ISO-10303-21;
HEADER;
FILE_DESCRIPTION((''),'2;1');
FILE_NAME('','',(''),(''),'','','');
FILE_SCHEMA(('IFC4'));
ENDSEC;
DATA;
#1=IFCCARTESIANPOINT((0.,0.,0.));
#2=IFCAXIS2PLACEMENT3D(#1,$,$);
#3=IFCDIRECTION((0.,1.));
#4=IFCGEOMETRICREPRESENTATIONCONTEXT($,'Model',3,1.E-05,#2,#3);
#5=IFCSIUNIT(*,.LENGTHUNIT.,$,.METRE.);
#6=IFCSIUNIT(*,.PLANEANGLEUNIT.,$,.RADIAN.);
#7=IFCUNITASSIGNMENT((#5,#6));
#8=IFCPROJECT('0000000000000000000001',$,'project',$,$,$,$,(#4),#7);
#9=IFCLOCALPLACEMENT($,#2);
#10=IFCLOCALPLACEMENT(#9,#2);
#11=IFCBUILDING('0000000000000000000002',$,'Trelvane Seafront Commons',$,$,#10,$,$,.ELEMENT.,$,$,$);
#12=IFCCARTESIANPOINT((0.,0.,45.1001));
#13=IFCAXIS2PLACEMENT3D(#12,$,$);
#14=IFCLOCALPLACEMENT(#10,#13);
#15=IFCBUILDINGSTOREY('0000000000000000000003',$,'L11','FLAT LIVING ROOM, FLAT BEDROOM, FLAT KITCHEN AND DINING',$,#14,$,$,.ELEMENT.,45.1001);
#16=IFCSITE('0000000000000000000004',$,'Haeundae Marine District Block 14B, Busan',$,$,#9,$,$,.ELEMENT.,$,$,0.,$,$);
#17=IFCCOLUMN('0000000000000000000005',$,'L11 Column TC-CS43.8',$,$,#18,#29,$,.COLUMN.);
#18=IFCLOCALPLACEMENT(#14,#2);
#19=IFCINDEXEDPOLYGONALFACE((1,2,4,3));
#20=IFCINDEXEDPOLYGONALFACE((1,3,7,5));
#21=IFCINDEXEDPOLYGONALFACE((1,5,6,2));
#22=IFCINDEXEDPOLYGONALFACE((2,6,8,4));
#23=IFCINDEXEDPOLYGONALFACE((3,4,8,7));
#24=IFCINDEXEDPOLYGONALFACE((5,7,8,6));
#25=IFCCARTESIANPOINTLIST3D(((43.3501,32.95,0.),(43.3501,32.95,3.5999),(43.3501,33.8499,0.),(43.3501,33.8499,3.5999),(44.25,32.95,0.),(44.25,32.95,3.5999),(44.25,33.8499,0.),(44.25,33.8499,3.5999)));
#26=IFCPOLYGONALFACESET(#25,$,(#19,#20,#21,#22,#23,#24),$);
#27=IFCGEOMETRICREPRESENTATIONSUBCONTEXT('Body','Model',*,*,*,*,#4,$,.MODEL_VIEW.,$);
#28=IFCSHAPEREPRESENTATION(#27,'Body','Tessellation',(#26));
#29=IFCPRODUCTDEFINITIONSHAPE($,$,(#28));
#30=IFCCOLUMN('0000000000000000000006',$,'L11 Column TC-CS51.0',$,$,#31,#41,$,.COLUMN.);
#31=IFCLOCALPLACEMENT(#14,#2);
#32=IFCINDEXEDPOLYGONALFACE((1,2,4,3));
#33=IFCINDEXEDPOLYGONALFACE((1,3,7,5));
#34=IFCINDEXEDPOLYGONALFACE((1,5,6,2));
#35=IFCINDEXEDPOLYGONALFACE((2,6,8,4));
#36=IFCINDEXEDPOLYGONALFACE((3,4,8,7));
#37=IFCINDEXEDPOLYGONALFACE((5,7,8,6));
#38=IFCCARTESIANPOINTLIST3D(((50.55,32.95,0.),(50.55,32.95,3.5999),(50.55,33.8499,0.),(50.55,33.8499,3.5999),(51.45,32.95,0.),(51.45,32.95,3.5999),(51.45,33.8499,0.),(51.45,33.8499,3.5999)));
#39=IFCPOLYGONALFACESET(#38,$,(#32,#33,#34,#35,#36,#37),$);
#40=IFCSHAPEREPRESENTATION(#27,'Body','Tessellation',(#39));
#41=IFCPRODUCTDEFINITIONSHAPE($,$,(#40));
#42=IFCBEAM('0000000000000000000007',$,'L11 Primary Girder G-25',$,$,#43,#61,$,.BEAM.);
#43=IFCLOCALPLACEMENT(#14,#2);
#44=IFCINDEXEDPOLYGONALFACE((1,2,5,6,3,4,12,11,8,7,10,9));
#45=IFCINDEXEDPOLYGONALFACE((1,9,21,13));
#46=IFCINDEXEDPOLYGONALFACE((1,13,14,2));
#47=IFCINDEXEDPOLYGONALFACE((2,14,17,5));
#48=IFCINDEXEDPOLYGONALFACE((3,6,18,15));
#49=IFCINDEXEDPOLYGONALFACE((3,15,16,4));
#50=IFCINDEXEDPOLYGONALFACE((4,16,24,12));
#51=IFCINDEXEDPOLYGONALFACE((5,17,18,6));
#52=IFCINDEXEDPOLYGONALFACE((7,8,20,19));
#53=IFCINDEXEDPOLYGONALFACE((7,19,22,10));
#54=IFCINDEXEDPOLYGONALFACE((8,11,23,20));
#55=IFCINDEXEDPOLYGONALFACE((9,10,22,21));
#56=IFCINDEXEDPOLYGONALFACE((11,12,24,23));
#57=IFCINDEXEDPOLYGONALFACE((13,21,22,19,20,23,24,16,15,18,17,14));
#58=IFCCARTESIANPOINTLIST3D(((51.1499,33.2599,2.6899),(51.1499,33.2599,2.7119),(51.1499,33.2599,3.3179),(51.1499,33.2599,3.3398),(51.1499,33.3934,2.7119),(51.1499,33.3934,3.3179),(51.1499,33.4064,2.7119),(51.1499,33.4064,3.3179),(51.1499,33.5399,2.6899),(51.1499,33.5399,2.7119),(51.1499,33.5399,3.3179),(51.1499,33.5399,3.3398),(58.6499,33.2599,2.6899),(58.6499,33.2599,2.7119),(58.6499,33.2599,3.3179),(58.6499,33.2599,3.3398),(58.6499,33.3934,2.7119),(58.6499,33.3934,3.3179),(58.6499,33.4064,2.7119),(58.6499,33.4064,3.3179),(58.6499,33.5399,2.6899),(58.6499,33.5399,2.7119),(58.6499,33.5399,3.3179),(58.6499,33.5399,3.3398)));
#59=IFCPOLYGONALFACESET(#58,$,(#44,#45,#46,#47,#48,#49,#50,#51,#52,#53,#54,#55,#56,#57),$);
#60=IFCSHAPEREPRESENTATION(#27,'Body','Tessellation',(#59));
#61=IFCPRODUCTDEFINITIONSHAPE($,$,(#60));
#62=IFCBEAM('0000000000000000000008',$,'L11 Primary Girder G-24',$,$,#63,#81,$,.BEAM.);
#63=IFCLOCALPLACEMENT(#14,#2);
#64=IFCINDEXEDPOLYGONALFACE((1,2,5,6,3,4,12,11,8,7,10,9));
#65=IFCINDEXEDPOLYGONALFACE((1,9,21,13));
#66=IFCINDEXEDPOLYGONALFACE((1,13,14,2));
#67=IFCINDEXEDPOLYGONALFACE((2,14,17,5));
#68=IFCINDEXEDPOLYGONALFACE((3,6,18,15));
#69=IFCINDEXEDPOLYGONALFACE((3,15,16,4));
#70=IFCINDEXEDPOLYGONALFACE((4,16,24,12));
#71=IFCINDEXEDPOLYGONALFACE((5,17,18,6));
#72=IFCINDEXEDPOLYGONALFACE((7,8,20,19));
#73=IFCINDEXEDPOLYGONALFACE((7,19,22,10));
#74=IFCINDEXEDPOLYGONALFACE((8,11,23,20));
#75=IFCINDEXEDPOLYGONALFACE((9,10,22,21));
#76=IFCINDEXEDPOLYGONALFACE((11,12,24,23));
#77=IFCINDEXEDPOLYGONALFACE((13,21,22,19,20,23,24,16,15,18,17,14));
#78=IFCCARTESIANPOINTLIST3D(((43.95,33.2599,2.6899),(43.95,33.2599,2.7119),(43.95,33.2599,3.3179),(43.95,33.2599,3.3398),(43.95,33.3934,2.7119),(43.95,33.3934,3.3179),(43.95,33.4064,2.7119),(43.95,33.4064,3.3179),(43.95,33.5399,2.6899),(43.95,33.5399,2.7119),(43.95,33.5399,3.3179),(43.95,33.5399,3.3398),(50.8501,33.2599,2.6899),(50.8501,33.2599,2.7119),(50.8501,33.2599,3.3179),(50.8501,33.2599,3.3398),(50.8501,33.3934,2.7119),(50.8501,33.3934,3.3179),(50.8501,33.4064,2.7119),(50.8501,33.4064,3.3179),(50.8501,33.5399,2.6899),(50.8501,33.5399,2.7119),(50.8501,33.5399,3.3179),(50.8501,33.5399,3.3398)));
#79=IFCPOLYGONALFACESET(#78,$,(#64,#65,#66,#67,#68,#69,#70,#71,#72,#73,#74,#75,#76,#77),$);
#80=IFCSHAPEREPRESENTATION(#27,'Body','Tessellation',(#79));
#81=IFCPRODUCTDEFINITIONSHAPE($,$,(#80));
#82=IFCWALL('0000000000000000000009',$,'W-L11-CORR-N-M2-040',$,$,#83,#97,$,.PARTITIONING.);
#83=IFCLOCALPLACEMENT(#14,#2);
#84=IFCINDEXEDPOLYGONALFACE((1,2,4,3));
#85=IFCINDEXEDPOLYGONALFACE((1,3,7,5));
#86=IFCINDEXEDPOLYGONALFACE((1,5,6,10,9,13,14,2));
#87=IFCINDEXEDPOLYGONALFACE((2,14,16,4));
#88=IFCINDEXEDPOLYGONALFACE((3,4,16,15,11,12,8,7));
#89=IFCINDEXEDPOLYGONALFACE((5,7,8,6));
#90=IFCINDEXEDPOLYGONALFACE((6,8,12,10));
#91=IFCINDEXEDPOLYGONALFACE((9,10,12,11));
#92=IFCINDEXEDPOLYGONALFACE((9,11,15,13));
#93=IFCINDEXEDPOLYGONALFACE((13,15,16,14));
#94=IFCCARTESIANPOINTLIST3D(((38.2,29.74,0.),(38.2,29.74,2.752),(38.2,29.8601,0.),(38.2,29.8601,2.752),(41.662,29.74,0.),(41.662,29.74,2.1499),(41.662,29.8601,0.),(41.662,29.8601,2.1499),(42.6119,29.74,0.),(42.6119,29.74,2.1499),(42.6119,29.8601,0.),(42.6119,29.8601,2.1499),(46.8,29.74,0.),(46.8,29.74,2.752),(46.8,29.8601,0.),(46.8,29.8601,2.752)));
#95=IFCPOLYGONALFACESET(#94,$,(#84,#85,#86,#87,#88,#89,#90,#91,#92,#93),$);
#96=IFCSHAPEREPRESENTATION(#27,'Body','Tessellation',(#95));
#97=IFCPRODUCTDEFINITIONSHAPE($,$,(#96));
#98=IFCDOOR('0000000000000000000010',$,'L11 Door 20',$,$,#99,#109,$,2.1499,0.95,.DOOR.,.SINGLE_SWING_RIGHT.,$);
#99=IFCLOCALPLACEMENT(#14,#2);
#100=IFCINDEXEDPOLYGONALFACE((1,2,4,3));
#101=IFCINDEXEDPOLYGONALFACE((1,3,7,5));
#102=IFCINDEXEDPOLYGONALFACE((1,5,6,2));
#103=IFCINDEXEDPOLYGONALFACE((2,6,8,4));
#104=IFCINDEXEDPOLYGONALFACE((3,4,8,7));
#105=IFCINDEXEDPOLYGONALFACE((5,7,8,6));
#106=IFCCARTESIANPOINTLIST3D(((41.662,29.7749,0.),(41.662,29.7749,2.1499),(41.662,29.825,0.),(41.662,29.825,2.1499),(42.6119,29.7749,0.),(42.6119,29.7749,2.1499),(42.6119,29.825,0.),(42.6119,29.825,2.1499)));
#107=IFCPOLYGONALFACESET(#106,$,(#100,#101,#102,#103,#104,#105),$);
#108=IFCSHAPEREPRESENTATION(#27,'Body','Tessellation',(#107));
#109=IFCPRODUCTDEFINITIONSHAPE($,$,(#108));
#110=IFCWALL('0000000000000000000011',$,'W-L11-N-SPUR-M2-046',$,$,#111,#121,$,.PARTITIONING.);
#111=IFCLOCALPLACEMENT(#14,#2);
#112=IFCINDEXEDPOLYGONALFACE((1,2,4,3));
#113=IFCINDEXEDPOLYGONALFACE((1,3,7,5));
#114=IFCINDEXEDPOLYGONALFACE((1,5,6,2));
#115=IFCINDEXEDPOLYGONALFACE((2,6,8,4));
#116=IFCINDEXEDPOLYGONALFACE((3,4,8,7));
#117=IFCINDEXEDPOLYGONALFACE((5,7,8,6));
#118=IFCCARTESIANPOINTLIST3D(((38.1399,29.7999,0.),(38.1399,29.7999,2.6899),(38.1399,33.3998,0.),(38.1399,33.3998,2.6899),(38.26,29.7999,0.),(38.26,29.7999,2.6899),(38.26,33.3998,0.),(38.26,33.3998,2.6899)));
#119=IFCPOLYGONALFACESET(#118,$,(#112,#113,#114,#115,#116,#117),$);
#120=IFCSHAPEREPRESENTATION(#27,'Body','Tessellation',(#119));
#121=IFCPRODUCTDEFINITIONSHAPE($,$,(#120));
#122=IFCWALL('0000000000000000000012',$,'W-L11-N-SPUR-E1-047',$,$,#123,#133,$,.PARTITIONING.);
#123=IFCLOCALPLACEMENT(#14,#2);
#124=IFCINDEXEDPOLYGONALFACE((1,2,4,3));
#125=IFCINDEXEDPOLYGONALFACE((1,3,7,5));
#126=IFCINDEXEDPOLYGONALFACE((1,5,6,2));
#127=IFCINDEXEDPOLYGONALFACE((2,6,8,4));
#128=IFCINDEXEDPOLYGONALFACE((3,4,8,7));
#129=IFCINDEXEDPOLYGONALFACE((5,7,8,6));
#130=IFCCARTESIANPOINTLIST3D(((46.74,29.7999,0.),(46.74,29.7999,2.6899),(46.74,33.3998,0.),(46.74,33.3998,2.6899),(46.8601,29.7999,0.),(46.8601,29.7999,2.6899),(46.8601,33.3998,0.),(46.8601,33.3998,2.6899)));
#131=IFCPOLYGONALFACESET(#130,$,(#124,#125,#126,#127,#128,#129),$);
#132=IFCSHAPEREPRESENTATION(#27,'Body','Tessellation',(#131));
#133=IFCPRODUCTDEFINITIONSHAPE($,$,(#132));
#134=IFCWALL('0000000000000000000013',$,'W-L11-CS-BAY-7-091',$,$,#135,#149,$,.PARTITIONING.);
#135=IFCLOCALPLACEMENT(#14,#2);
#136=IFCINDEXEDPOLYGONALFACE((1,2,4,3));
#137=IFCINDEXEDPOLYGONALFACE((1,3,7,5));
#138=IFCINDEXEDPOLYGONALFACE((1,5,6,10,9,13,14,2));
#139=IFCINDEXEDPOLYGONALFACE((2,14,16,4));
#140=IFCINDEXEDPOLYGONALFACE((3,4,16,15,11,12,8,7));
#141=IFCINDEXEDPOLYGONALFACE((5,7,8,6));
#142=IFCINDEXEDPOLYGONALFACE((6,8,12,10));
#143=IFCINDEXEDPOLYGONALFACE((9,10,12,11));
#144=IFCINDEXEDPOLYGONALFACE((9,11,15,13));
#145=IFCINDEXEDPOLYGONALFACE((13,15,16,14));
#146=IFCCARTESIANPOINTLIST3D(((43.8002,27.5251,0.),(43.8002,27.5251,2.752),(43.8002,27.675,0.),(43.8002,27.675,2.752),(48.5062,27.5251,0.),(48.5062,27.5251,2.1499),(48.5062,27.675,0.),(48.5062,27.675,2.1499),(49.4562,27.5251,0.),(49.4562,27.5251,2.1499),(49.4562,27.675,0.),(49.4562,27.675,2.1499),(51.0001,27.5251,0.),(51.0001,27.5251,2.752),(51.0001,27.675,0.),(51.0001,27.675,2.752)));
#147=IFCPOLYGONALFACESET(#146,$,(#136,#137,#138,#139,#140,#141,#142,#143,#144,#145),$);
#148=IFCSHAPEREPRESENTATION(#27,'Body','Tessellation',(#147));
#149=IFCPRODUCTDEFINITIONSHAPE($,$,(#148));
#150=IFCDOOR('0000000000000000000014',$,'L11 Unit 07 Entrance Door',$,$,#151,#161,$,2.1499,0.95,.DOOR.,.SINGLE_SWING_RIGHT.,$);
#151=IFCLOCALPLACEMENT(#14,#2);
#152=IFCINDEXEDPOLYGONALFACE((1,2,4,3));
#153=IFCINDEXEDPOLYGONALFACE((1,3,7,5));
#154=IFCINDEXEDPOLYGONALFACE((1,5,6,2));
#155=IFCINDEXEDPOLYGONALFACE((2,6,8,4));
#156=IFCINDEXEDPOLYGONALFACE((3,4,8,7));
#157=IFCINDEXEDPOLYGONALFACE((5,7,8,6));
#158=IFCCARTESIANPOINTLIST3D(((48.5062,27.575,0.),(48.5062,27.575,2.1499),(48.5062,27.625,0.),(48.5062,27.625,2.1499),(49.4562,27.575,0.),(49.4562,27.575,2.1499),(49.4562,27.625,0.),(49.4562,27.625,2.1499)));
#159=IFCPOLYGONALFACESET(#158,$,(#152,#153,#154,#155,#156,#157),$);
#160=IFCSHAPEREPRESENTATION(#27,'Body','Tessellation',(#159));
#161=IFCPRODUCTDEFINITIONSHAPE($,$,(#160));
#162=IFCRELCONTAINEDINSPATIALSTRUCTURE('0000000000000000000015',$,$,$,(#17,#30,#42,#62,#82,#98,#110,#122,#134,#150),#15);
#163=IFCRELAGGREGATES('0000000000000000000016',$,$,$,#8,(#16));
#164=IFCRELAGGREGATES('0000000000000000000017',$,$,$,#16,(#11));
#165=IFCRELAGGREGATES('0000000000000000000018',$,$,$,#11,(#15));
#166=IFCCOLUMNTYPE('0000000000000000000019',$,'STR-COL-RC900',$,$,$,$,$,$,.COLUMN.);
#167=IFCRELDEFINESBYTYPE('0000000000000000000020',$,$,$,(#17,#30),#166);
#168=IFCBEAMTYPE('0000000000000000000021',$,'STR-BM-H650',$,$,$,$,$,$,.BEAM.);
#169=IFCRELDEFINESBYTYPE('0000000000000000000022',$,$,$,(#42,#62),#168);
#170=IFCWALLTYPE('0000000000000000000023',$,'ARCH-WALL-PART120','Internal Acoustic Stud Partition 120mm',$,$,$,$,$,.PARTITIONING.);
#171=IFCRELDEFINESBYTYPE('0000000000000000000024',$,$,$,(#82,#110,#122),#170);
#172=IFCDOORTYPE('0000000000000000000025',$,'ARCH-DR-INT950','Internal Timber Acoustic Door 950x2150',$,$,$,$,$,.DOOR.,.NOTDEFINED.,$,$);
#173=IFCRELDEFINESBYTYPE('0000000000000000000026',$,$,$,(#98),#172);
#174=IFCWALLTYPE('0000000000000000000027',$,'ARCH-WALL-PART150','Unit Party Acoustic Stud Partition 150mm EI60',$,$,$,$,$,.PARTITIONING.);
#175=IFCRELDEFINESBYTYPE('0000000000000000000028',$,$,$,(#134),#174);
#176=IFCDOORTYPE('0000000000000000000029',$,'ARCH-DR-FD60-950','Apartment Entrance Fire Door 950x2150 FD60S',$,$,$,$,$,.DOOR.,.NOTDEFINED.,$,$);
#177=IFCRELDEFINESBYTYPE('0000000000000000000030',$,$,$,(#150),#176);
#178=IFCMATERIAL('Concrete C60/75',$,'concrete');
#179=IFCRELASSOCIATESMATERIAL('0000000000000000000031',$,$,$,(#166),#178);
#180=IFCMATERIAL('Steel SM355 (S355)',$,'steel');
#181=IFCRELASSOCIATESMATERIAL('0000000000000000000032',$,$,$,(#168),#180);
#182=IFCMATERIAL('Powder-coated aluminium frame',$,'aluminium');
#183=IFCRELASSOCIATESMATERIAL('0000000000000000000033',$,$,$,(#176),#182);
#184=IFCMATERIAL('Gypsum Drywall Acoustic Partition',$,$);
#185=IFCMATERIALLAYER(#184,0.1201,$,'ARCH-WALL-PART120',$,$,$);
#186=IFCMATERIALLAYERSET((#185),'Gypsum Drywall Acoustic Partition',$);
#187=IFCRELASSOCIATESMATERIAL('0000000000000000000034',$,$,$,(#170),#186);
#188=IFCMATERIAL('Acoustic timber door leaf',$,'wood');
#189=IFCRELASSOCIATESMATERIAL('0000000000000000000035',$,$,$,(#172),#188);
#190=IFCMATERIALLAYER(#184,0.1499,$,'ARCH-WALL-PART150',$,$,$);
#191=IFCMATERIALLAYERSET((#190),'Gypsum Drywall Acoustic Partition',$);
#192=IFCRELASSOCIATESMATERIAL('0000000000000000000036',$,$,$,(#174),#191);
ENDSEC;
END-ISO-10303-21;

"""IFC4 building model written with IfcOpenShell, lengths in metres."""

from ifc_helpers import new_model, si_unit, direction, frame, frame_2d, origin, origin_2d, place, context, subcontext, project, spatial, rectangle, i_section, extrude, source, transform, mapped, material, layer, layer_set, material_profile, profile_set, type_object, element, fill, save


model = new_model("IFC4")

# Units and contexts
model_context = context("Model", 3, precision=1e-05, world=origin(), true_north=direction((0.0, 1.0)))
body_context = subcontext(model_context, "Body", "Model", "MODEL_VIEW")
ifc_project = project(units=[si_unit("LENGTHUNIT", "METRE"), si_unit("PLANEANGLEUNIT", "RADIAN")], contexts=[model_context])

# Site, building, storey
site_placement = place(None, origin())
site = spatial("IfcSite", under=ifc_project, at=site_placement, Name="Haeundae Marine District Block 14B, Busan", CompositionType="ELEMENT", RefElevation=0.0)
building_placement = place(site_placement, origin())
building = spatial("IfcBuilding", under=site, at=building_placement, Name="Trelvane Seafront Commons", CompositionType="ELEMENT")
storey_placement = place(building_placement, frame((0.0, 0.0, 45.1001)))
storey = spatial("IfcBuildingStorey", under=building, at=storey_placement, Name="L11", Description="FLAT LIVING ROOM, FLAT BEDROOM, FLAT KITCHEN AND DINING", CompositionType="ELEMENT", Elevation=45.1001)

# Columns
ifc_material_1 = material(Name="Concrete C60/75", Category="concrete")
ifc_material_profile_1 = material_profile(ifc_material_1, rectangle(XDim=0.8999, YDim=0.8999, at=origin_2d()), Name="RC-900x900")
ifc_profile_set_1 = profile_set([ifc_material_profile_1], Name="Concrete C60/75")
column_type = type_object("IfcColumnType", Name="STR-COL-RC900", PredefinedType="COLUMN", material=ifc_profile_set_1)
shared_shape_1 = source(origin(), body_context, "Body", "SweptSolid", [
    extrude(rectangle(XDim=0.8999, YDim=0.8999, at=origin_2d()), origin(), (0.0, 0.0, 1.0), 3.5999),
])
for number, where, z_axis, x_axis, name in (
    (1, (43.8, 33.3999, 0.0), (0.0, 0.0, 1.0), (1.0, 0.0, 0.0), "L11 Column TC-CS43.8"),
    (2, (51.0, 33.3999, 0.0), (0.0, 0.0, 1.0), (1.0, 0.0, 0.0), "L11 Column TC-CS51.0"),
):
    element("IfcColumn", number, at=place(storey_placement, frame(where, z_axis=z_axis, x_axis=x_axis)), inside=storey, type_object=column_type, Name=name, PredefinedType="COLUMN", context=body_context, shape_type="MappedRepresentation", body=[
        mapped(shared_shape_1, transform((0.0, 0.0, 0.0), x_axis=(1.0, 0.0, 0.0), y_axis=(0.0, 1.0, 0.0), z_axis=(0.0, 0.0, 1.0), scale=1.0)),
    ])

# Beams
ifc_material_2 = material(Name="Steel SM355 (S355)", Category="steel")
ifc_material_profile_2 = material_profile(ifc_material_2, i_section(OverallWidth=0.28, OverallDepth=0.6499, WebThickness=0.0129, FlangeThickness=0.022, at=origin_2d()), Name="H-650x280x13x22")
ifc_profile_set_2 = profile_set([ifc_material_profile_2], Name="Steel SM355 (S355)")
beam_type = type_object("IfcBeamType", Name="STR-BM-H650", PredefinedType="BEAM", material=ifc_profile_set_2)
shared_shape_2 = source(origin(), body_context, "Body", "SweptSolid", [
    extrude(i_section(OverallWidth=0.28, OverallDepth=0.6499, WebThickness=0.0129, FlangeThickness=0.022, at=origin_2d()), origin(), (0.0, 0.0, 1.0), 7.5),
])
beam_1_placement = place(storey_placement, frame((51.1499, 33.3999, 3.0149), z_axis=(1.0, 0.0, 0.0), x_axis=(0.0, 1.0, 0.0)))
element("IfcBeam", 3, at=beam_1_placement, inside=storey, type_object=beam_type, Name="L11 Primary Girder G-25", PredefinedType="BEAM", context=body_context, shape_type="MappedRepresentation", body=[
    mapped(shared_shape_2, transform((0.0, 0.0, 0.0), x_axis=(1.0, 0.0, 0.0), y_axis=(0.0, 1.0, 0.0), z_axis=(0.0, 0.0, 1.0), scale=1.0)),
])
shared_shape_3 = source(origin(), body_context, "Body", "SweptSolid", [
    extrude(i_section(OverallWidth=0.28, OverallDepth=0.6499, WebThickness=0.0129, FlangeThickness=0.022, at=origin_2d()), origin(), (0.0, 0.0, 1.0), 6.9001),
])
beam_2_placement = place(storey_placement, frame((43.95, 33.3999, 3.0149), z_axis=(1.0, 0.0, 0.0), x_axis=(0.0, 1.0, 0.0)))
element("IfcBeam", 4, at=beam_2_placement, inside=storey, type_object=beam_type, Name="L11 Primary Girder G-24", PredefinedType="BEAM", context=body_context, shape_type="MappedRepresentation", body=[
    mapped(shared_shape_3, transform((0.0, 0.0, 0.0), x_axis=(1.0, 0.0, 0.0), y_axis=(0.0, 1.0, 0.0), z_axis=(0.0, 0.0, 1.0), scale=1.0)),
])

# Shared definitions
ifc_material_3 = material(Name="Powder-coated aluminium frame", Category="aluminium")
door_type_1 = type_object("IfcDoorType", Name="ARCH-DR-FD60-950", Description="Apartment Entrance Fire Door 950x2150 FD60S", OperationType="NOTDEFINED", PredefinedType="DOOR", material=ifc_material_3)
shared_shape_4 = source(origin(), body_context, "Body", "SweptSolid", [
    extrude(rectangle(XDim=0.95, YDim=2.1499, at=frame_2d((0.4751, 1.075))), frame((0.0, 0.0249, 0.0), z_axis=(0.0, -1.0, 0.0), x_axis=(1.0, 0.0, 0.0)), (0.0, 0.0, 1.0), 0.05),
])

# Wall, opening, door
ifc_material_4 = material(Name="Gypsum Drywall Acoustic Partition")
ifc_layer_1 = layer(ifc_material_4, 0.1201, Name="ARCH-WALL-PART120")
ifc_layer_set_1 = layer_set([ifc_layer_1], Name="Gypsum Drywall Acoustic Partition")
wall_type_1 = type_object("IfcWallType", Name="ARCH-WALL-PART120", Description="Internal Acoustic Stud Partition 120mm", PredefinedType="PARTITIONING", material=ifc_layer_set_1)
wall_1_placement = place(storey_placement, frame((38.2, 29.8, 0.0), z_axis=(0.0, 0.0, 1.0), x_axis=(1.0, 0.0, 0.0)))
wall_1 = element("IfcWall", 5, at=wall_1_placement, inside=storey, type_object=wall_type_1, Name="W-L11-CORR-N-M2-040", PredefinedType="PARTITIONING", context=body_context, shape_type="SweptSolid", body=[
    extrude(rectangle(XDim=8.6001, YDim=0.1201, at=frame_2d((4.3, 0.0))), origin(), (0.0, 0.0, 1.0), 2.752),
])
opening_1_placement = place(wall_1_placement, frame((3.4619, 0.0, 0.0)))
opening_1 = element("IfcOpeningElement", 6, at=opening_1_placement, cuts=wall_1, PredefinedType="OPENING", context=body_context, shape_type="SweptSolid", body=[
    extrude(rectangle(XDim=0.95, YDim=2.1499, at=frame_2d((0.4751, 1.075))), frame((0.0, 0.0701, 0.0), z_axis=(0.0, -1.0, 0.0), x_axis=(1.0, 0.0, 0.0)), (0.0, 0.0, 1.0), 0.1401),
])
ifc_material_5 = material(Name="Acoustic timber door leaf", Category="wood")
door_type_2 = type_object("IfcDoorType", Name="ARCH-DR-INT950", Description="Internal Timber Acoustic Door 950x2150", OperationType="NOTDEFINED", PredefinedType="DOOR", material=ifc_material_5)
door_1_placement = place(opening_1_placement, origin())
door_1 = element("IfcDoor", 7, at=door_1_placement, inside=storey, type_object=door_type_2, Name="L11 Door 20", OperationType="SINGLE_SWING_RIGHT", OverallHeight=2.1499, OverallWidth=0.95, PredefinedType="DOOR", context=body_context, shape_type="MappedRepresentation", body=[
    mapped(shared_shape_4, transform((0.0, 0.0, 0.0), x_axis=(1.0, 0.0, 0.0), y_axis=(0.0, 1.0, 0.0), z_axis=(0.0, 0.0, 1.0), scale=1.0)),
])
fill(opening_1, door_1)

# Walls
for number, where, z_axis, x_axis, name in (
    (8, (38.2, 29.8, 0.0), (0.0, 0.0, 1.0), (0.0, 1.0, 0.0), "W-L11-N-SPUR-M2-046"),
    (9, (46.8, 29.8, 0.0), (0.0, 0.0, 1.0), (0.0, 1.0, 0.0), "W-L11-N-SPUR-E1-047"),
):
    element("IfcWall", number, at=place(storey_placement, frame(where, z_axis=z_axis, x_axis=x_axis)), inside=storey, type_object=wall_type_1, Name=name, PredefinedType="PARTITIONING", context=body_context, shape_type="SweptSolid", body=[
        extrude(rectangle(XDim=3.5999, YDim=0.1201, at=frame_2d((1.7998, 0.0))), origin(), (0.0, 0.0, 1.0), 2.6899),
    ])

# Wall, opening, door
ifc_layer_2 = layer(ifc_material_4, 0.1499, Name="ARCH-WALL-PART150")
ifc_layer_set_2 = layer_set([ifc_layer_2], Name="Gypsum Drywall Acoustic Partition")
wall_type_2 = type_object("IfcWallType", Name="ARCH-WALL-PART150", Description="Unit Party Acoustic Stud Partition 150mm EI60", PredefinedType="PARTITIONING", material=ifc_layer_set_2)
wall_2_placement = place(storey_placement, frame((43.8, 27.6001, 0.0), z_axis=(0.0, 0.0, 1.0), x_axis=(1.0, 0.0, 0.0)))
wall_2 = element("IfcWall", 10, at=wall_2_placement, inside=storey, type_object=wall_type_2, Name="W-L11-CS-BAY-7-091", PredefinedType="PARTITIONING", context=body_context, shape_type="SweptSolid", body=[
    extrude(rectangle(XDim=7.2, YDim=0.1499, at=frame_2d((3.6001, 0.0))), origin(), (0.0, 0.0, 1.0), 2.752),
])
opening_2_placement = place(wall_2_placement, frame((4.7061, 0.0, 0.0)))
opening_2 = element("IfcOpeningElement", 11, at=opening_2_placement, cuts=wall_2, PredefinedType="OPENING", context=body_context, shape_type="SweptSolid", body=[
    extrude(rectangle(XDim=0.95, YDim=2.1499, at=frame_2d((0.4751, 1.075))), frame((0.0, 0.085, 0.0), z_axis=(0.0, -1.0, 0.0), x_axis=(1.0, 0.0, 0.0)), (0.0, 0.0, 1.0), 0.1699),
])
door_2_placement = place(opening_2_placement, origin())
door_2 = element("IfcDoor", 12, at=door_2_placement, inside=storey, type_object=door_type_1, Name="L11 Unit 07 Entrance Door", OperationType="SINGLE_SWING_RIGHT", OverallHeight=2.1499, OverallWidth=0.95, PredefinedType="DOOR", context=body_context, shape_type="MappedRepresentation", body=[
    mapped(shared_shape_4, transform((0.0, 0.0, 0.0), x_axis=(1.0, 0.0, 0.0), y_axis=(0.0, 1.0, 0.0), z_axis=(0.0, 0.0, 1.0), scale=1.0)),
])
fill(opening_2, door_2)

save(model, "model.ifc")
